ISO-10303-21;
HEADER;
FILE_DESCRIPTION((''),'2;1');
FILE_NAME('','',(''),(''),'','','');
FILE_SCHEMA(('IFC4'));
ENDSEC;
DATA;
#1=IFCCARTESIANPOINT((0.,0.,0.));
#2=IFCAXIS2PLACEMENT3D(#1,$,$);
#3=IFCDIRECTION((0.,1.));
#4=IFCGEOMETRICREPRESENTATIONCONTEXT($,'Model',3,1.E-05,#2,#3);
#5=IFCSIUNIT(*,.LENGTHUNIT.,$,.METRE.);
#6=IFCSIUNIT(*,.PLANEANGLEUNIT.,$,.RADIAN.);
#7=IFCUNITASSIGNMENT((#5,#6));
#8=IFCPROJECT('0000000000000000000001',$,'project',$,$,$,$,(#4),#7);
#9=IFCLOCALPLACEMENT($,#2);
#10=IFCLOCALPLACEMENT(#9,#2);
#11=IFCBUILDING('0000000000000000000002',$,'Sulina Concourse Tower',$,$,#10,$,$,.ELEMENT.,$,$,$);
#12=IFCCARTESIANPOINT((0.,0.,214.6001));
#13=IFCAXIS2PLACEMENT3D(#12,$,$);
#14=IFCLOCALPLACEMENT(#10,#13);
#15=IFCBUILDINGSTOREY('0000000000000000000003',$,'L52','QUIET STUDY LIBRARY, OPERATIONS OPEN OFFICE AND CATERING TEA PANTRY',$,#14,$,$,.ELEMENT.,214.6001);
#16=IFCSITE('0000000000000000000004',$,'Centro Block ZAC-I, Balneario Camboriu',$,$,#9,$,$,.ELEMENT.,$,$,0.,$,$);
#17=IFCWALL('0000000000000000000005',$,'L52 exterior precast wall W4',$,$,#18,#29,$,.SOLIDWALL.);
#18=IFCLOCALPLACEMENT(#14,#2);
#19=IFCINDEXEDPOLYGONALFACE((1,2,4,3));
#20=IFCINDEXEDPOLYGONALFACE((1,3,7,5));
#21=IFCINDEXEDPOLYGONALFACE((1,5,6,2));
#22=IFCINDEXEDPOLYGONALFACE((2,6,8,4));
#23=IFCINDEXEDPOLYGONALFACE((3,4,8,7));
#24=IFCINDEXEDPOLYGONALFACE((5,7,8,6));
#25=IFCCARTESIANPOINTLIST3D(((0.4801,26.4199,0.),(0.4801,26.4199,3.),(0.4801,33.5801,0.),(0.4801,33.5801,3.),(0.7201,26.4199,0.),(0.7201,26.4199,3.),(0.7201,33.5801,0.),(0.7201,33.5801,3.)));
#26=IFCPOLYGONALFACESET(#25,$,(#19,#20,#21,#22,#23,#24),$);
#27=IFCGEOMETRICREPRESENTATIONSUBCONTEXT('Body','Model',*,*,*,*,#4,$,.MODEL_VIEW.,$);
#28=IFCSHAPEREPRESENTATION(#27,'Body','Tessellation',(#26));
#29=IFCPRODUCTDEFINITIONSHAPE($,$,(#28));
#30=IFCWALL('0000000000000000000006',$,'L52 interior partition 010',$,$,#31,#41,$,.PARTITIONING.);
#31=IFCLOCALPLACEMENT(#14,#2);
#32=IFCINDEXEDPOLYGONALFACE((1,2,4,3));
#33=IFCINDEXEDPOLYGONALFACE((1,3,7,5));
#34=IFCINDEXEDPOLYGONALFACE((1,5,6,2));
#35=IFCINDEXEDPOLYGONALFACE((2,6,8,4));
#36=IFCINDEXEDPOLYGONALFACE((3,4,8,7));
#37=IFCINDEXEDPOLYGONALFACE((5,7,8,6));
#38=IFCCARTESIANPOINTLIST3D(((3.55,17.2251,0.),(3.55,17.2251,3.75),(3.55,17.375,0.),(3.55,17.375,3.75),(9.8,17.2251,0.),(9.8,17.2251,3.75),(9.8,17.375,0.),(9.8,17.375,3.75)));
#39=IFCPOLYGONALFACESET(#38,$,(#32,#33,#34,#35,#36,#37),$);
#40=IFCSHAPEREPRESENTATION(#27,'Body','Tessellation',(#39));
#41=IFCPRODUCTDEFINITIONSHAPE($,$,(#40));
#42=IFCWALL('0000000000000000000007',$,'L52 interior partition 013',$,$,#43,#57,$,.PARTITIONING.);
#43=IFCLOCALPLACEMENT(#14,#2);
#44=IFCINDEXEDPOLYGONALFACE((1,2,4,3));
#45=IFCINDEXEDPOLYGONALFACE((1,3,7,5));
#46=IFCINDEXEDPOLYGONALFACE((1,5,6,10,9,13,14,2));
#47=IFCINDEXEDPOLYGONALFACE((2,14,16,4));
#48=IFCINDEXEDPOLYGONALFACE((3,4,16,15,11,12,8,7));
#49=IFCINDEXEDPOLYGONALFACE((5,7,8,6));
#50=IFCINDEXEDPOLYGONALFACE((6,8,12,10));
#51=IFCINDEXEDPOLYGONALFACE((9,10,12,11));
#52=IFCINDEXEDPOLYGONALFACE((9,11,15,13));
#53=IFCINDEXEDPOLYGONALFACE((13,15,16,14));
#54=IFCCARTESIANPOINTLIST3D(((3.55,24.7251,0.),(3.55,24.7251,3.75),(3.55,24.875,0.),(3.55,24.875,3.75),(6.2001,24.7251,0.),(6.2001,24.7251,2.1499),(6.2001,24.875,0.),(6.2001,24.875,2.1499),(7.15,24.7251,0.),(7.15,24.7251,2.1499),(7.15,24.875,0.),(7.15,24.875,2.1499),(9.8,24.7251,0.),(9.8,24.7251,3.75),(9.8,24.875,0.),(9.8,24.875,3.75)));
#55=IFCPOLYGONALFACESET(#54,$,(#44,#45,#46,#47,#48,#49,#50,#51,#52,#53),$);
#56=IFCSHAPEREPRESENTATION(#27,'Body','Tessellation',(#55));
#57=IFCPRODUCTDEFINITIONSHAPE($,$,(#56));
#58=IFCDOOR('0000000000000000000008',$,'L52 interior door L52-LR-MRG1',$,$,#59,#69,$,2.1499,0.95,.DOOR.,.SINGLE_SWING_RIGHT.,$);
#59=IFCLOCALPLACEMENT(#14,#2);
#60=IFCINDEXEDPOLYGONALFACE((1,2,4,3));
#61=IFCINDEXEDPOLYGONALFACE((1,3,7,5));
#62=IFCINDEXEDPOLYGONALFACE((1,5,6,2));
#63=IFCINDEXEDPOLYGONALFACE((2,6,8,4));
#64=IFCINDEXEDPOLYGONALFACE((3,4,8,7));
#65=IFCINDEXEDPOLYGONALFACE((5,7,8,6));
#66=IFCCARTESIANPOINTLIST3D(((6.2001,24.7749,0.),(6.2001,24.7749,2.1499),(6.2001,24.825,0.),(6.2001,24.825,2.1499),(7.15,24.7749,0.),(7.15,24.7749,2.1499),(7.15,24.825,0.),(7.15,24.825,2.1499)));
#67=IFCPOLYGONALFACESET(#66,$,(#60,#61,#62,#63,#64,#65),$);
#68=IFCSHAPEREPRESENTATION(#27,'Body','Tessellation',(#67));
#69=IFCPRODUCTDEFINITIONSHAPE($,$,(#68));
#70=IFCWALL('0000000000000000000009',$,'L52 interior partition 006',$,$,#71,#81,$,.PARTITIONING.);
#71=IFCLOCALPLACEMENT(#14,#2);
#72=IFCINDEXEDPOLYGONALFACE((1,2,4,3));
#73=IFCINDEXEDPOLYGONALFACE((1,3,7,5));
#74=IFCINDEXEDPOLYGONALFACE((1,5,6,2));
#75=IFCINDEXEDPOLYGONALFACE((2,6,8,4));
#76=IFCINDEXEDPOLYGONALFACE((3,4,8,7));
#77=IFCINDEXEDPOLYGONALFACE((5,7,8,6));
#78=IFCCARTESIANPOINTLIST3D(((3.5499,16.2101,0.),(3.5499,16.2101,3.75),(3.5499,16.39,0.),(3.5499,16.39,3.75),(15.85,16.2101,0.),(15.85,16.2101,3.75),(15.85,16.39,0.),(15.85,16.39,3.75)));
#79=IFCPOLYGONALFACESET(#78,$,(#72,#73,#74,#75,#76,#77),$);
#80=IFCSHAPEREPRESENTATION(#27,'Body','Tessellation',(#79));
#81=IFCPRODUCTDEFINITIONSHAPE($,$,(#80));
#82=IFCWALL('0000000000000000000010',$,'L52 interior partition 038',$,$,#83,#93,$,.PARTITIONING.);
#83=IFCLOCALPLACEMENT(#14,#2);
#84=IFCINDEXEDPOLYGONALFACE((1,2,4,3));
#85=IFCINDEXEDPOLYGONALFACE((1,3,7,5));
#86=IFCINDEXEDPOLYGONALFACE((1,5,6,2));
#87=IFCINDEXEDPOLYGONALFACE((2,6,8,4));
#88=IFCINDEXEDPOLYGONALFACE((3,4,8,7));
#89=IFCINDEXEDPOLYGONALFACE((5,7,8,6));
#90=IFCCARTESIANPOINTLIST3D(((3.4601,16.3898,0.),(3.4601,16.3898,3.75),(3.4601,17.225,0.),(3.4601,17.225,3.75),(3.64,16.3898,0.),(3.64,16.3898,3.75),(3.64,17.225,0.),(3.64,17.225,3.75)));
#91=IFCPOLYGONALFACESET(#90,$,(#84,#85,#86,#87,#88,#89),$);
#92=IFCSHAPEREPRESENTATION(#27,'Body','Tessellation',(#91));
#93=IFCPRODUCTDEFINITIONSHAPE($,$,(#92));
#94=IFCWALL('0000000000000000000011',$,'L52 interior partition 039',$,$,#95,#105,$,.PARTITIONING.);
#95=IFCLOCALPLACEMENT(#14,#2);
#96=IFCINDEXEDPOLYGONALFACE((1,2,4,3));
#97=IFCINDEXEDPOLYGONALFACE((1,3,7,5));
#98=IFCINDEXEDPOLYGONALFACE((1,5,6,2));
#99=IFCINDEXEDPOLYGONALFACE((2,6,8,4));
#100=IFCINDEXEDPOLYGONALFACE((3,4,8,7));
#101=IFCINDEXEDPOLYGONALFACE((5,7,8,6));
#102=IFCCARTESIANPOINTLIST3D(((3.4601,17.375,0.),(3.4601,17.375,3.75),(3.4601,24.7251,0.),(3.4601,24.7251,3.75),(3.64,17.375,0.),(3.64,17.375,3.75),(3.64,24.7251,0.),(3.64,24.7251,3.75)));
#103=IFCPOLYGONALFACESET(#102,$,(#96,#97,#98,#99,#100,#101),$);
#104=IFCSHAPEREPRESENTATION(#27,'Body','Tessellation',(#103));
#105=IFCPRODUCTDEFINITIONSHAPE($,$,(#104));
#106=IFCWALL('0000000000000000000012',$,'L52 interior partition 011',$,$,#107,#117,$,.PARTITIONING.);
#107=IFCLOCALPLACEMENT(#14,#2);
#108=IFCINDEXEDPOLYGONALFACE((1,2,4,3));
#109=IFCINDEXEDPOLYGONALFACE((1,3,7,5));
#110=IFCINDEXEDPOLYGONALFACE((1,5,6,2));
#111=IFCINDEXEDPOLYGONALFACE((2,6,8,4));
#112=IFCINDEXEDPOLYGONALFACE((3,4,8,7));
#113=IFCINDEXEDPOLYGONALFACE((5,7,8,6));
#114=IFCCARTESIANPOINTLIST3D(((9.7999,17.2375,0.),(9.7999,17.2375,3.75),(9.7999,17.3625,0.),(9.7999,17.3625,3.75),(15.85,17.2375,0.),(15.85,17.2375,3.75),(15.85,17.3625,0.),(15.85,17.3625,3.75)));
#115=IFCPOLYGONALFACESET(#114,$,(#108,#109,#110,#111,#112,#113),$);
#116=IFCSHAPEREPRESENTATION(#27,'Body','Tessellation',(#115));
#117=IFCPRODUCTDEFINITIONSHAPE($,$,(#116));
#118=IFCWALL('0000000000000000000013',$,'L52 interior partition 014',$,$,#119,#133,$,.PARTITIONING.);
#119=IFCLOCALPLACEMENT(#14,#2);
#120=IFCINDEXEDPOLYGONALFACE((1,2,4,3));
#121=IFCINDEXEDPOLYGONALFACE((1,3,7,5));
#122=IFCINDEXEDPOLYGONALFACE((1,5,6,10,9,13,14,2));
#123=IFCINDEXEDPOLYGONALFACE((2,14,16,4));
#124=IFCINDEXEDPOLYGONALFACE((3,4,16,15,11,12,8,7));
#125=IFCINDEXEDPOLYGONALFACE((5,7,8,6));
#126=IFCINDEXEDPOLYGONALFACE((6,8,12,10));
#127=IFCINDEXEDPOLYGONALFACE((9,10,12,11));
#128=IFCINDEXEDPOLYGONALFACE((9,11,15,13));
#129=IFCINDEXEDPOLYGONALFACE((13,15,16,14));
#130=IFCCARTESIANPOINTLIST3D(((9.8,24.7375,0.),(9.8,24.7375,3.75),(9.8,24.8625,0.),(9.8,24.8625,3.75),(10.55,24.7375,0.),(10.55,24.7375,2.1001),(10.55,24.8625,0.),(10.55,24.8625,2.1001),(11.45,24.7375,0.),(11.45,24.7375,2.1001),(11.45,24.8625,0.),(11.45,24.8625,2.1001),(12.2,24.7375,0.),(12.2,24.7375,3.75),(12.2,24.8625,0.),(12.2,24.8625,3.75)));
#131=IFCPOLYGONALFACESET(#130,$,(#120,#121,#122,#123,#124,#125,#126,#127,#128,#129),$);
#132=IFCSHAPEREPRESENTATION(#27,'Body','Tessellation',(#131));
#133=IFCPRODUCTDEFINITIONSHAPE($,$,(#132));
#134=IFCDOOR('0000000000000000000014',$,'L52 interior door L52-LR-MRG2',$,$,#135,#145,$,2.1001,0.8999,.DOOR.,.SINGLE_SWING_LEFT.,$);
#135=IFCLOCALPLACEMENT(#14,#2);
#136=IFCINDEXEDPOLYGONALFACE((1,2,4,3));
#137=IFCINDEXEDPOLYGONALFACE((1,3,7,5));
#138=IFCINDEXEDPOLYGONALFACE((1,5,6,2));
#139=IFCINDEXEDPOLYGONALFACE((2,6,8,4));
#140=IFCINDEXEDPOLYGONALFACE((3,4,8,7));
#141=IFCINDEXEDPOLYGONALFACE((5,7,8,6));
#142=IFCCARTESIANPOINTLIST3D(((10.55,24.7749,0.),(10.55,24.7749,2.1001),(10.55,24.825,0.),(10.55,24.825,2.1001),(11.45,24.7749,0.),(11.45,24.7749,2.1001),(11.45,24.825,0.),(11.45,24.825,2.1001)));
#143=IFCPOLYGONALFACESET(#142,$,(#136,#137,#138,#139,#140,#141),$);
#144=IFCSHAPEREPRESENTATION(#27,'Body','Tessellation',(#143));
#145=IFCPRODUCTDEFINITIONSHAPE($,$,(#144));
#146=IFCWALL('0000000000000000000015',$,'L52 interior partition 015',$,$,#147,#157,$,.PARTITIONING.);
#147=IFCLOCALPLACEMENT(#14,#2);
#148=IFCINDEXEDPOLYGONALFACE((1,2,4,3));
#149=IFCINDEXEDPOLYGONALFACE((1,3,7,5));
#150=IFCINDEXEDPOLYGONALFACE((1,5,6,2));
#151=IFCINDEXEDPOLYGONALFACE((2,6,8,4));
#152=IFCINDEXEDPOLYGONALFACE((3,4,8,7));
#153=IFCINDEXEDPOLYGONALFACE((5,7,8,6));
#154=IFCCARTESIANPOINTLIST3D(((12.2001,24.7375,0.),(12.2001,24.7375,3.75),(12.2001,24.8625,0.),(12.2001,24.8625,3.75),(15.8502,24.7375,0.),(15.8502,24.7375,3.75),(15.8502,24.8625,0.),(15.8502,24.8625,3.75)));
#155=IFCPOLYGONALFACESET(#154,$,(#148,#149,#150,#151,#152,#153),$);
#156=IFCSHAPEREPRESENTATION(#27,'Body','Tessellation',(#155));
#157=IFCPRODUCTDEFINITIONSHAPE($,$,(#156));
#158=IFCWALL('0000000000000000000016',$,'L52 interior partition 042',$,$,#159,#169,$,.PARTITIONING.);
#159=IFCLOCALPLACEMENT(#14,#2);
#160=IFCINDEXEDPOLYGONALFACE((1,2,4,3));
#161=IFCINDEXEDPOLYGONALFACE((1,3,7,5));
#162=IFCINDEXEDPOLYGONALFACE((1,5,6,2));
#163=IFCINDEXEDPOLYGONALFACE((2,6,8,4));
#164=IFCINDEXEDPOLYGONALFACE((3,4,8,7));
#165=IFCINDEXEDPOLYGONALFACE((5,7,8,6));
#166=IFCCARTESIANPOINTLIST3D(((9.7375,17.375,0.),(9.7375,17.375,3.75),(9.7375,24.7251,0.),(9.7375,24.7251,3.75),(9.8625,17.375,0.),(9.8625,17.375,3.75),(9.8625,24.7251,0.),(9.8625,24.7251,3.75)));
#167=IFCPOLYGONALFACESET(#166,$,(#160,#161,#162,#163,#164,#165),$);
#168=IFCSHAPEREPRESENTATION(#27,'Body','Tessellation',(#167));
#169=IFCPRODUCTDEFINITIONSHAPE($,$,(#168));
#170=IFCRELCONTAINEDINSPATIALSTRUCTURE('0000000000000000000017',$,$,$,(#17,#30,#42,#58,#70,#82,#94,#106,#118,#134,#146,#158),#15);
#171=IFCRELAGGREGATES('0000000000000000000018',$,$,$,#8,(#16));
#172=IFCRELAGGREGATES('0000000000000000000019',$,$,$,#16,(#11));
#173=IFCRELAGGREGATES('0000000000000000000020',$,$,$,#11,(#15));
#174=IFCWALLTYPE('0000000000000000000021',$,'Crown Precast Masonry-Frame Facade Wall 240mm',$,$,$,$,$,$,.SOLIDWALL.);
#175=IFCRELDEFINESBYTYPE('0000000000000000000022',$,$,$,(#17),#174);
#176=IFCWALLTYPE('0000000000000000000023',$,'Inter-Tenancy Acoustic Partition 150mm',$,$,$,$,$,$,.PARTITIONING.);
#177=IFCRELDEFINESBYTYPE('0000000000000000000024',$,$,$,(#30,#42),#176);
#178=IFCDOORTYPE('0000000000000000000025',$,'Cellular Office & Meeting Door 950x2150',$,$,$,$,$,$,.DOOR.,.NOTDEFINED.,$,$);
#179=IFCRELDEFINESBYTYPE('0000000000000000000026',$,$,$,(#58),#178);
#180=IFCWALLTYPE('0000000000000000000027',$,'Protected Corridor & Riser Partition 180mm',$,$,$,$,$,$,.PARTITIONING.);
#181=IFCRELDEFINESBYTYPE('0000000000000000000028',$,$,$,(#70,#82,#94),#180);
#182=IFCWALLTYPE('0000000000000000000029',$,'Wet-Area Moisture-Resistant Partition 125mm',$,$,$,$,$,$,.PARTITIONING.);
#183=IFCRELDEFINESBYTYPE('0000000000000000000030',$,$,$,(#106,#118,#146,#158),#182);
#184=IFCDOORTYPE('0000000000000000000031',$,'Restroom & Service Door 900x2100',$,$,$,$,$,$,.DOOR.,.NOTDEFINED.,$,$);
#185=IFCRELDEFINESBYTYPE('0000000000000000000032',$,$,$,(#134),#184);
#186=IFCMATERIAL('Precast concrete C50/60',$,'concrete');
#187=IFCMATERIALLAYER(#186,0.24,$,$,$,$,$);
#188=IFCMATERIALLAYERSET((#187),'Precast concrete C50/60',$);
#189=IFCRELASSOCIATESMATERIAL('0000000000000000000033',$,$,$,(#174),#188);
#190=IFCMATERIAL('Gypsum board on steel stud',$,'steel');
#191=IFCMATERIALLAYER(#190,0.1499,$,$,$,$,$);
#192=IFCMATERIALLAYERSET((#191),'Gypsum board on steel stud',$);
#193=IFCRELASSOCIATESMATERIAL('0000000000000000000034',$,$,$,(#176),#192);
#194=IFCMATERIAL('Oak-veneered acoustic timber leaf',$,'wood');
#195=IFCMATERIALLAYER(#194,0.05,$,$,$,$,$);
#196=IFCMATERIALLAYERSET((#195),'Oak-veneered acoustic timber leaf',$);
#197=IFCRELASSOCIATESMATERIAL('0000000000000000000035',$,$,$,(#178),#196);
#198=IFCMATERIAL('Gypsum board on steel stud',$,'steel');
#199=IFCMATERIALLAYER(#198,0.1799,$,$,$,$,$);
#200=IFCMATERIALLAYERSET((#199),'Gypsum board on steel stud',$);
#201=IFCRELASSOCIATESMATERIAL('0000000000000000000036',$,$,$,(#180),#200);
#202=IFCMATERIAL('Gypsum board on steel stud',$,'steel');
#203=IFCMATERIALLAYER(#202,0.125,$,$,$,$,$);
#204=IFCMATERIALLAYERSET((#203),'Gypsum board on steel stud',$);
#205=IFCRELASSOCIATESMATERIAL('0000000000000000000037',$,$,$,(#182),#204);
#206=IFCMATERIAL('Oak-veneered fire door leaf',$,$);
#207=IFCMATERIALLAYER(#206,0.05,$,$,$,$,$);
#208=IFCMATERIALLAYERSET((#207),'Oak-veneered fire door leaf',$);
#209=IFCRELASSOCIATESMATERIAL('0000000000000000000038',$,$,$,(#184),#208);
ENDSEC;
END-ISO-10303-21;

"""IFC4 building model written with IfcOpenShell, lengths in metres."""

from ifc_helpers import new_model, si_unit, direction, frame, frame_2d, origin, place, context, subcontext, project, spatial, rectangle, extrude, material, layer, layer_set, type_object, element, fill, save


model = new_model("IFC4")

# Units and contexts
model_context = context("Model", 3, precision=1e-05, world=origin(), true_north=direction((0.0, 1.0)))
body_context = subcontext(model_context, "Body", "Model", "MODEL_VIEW")
ifc_project = project(units=[si_unit("LENGTHUNIT", "METRE"), si_unit("PLANEANGLEUNIT", "RADIAN")], contexts=[model_context])

# Site, building, storey
site_placement = place(None, origin())
site = spatial("IfcSite", under=ifc_project, at=site_placement, Name="Centro Block ZAC-I, Balneario Camboriu", CompositionType="ELEMENT", RefElevation=0.0)
building_placement = place(site_placement, origin())
building = spatial("IfcBuilding", under=site, at=building_placement, Name="Sulina Concourse Tower", CompositionType="ELEMENT")
storey_placement = place(building_placement, frame((0.0, 0.0, 214.6001)))
storey = spatial("IfcBuildingStorey", under=building, at=storey_placement, Name="L52", Description="QUIET STUDY LIBRARY, OPERATIONS OPEN OFFICE AND CATERING TEA PANTRY", CompositionType="ELEMENT", Elevation=214.6001)

# Shared definitions
ifc_material_1 = material(Name="Precast concrete C50/60", Category="concrete")
ifc_layer_1 = layer(ifc_material_1, 0.24)
ifc_layer_set_1 = layer_set([ifc_layer_1], Name="Precast concrete C50/60")
wall_type_1 = type_object("IfcWallType", Name="Crown Precast Masonry-Frame Facade Wall 240mm", PredefinedType="SOLIDWALL", material=ifc_layer_set_1)

# Walls
wall_1_placement = place(storey_placement, frame((0.6001, 26.4199, 0.0), z_axis=(0.0, 0.0, 1.0), x_axis=(0.0, 1.0, 0.0)))
element("IfcWall", 1, at=wall_1_placement, inside=storey, type_object=wall_type_1, Name="L52 exterior precast wall W4", PredefinedType="SOLIDWALL", context=body_context, shape_type="SweptSolid", body=[
    extrude(rectangle(XDim=7.1602, YDim=0.24, at=frame_2d((3.5801, 0.0))), origin(), (0.0, 0.0, 1.0), 3.0),
])
ifc_material_2 = material(Name="Gypsum board on steel stud", Category="steel")
ifc_layer_2 = layer(ifc_material_2, 0.1499)
ifc_layer_set_2 = layer_set([ifc_layer_2], Name="Gypsum board on steel stud")
wall_type_2 = type_object("IfcWallType", Name="Inter-Tenancy Acoustic Partition 150mm", PredefinedType="PARTITIONING", material=ifc_layer_set_2)
wall_2_placement = place(storey_placement, frame((3.55, 17.3, 0.0), z_axis=(0.0, 0.0, 1.0), x_axis=(1.0, 0.0, 0.0)))
element("IfcWall", 2, at=wall_2_placement, inside=storey, type_object=wall_type_2, Name="L52 interior partition 010", PredefinedType="PARTITIONING", context=body_context, shape_type="SweptSolid", body=[
    extrude(rectangle(XDim=6.25, YDim=0.1499, at=frame_2d((3.125, 0.0))), origin(), (0.0, 0.0, 1.0), 3.75),
])

# Wall, opening, door
wall_3_placement = place(storey_placement, frame((3.55, 24.8, 0.0), z_axis=(0.0, 0.0, 1.0), x_axis=(1.0, 0.0, 0.0)))
wall_3 = element("IfcWall", 3, at=wall_3_placement, inside=storey, type_object=wall_type_2, Name="L52 interior partition 013", PredefinedType="PARTITIONING", context=body_context, shape_type="SweptSolid", body=[
    extrude(rectangle(XDim=6.25, YDim=0.1499, at=frame_2d((3.125, 0.0))), origin(), (0.0, 0.0, 1.0), 3.75),
])
opening_1_placement = place(wall_3_placement, frame((2.6499, 0.0, 0.0)))
opening_1 = element("IfcOpeningElement", 4, at=opening_1_placement, cuts=wall_3, PredefinedType="OPENING", context=body_context, shape_type="SweptSolid", body=[
    extrude(rectangle(XDim=0.95, YDim=2.1499, at=frame_2d((0.4751, 1.075))), frame((0.0, 0.085, 0.0), z_axis=(0.0, -1.0, 0.0), x_axis=(1.0, 0.0, 0.0)), (0.0, 0.0, 1.0), 0.1699),
])
ifc_material_3 = material(Name="Oak-veneered acoustic timber leaf", Category="wood")
ifc_layer_3 = layer(ifc_material_3, 0.05)
ifc_layer_set_3 = layer_set([ifc_layer_3], Name="Oak-veneered acoustic timber leaf")
door_type_1 = type_object("IfcDoorType", Name="Cellular Office & Meeting Door 950x2150", OperationType="NOTDEFINED", PredefinedType="DOOR", material=ifc_layer_set_3)
door_1_placement = place(opening_1_placement, origin())
door_1 = element("IfcDoor", 5, at=door_1_placement, inside=storey, type_object=door_type_1, Name="L52 interior door L52-LR-MRG1", OperationType="SINGLE_SWING_RIGHT", OverallHeight=2.1499, OverallWidth=0.95, PredefinedType="DOOR", context=body_context, shape_type="SweptSolid", body=[
    extrude(rectangle(XDim=0.95, YDim=2.1499, at=frame_2d((0.4751, 1.075))), frame((0.0, 0.0249, 0.0), z_axis=(0.0, -1.0, 0.0), x_axis=(1.0, 0.0, 0.0)), (0.0, 0.0, 1.0), 0.05),
])
fill(opening_1, door_1)

# Walls
ifc_material_4 = material(Name="Gypsum board on steel stud", Category="steel")
ifc_layer_4 = layer(ifc_material_4, 0.1799)
ifc_layer_set_4 = layer_set([ifc_layer_4], Name="Gypsum board on steel stud")
wall_type_3 = type_object("IfcWallType", Name="Protected Corridor & Riser Partition 180mm", PredefinedType="PARTITIONING", material=ifc_layer_set_4)
wall_4_placement = place(storey_placement, frame((3.55, 16.3, 0.0), z_axis=(0.0, 0.0, 1.0), x_axis=(1.0, 0.0, 0.0)))
element("IfcWall", 6, at=wall_4_placement, inside=storey, type_object=wall_type_3, Name="L52 interior partition 006", PredefinedType="PARTITIONING", context=body_context, shape_type="SweptSolid", body=[
    extrude(rectangle(XDim=12.3, YDim=0.1799, at=frame_2d((6.1499, 0.0))), origin(), (0.0, 0.0, 1.0), 3.75),
])
wall_5_placement = place(storey_placement, frame((3.55, 16.3899, 0.0), z_axis=(0.0, 0.0, 1.0), x_axis=(0.0, 1.0, 0.0)))
element("IfcWall", 7, at=wall_5_placement, inside=storey, type_object=wall_type_3, Name="L52 interior partition 038", PredefinedType="PARTITIONING", context=body_context, shape_type="SweptSolid", body=[
    extrude(rectangle(XDim=0.8352, YDim=0.1799, at=frame_2d((0.4175, 0.0))), origin(), (0.0, 0.0, 1.0), 3.75),
])
wall_6_placement = place(storey_placement, frame((3.55, 17.375, 0.0), z_axis=(0.0, 0.0, 1.0), x_axis=(0.0, 1.0, 0.0)))
element("IfcWall", 8, at=wall_6_placement, inside=storey, type_object=wall_type_3, Name="L52 interior partition 039", PredefinedType="PARTITIONING", context=body_context, shape_type="SweptSolid", body=[
    extrude(rectangle(XDim=7.3501, YDim=0.1799, at=frame_2d((3.675, 0.0))), origin(), (0.0, 0.0, 1.0), 3.75),
])
ifc_material_5 = material(Name="Gypsum board on steel stud", Category="steel")
ifc_layer_5 = layer(ifc_material_5, 0.125)
ifc_layer_set_5 = layer_set([ifc_layer_5], Name="Gypsum board on steel stud")
wall_type_4 = type_object("IfcWallType", Name="Wet-Area Moisture-Resistant Partition 125mm", PredefinedType="PARTITIONING", material=ifc_layer_set_5)
wall_7_placement = place(storey_placement, frame((9.8, 17.3, 0.0), z_axis=(0.0, 0.0, 1.0), x_axis=(1.0, 0.0, 0.0)))
element("IfcWall", 9, at=wall_7_placement, inside=storey, type_object=wall_type_4, Name="L52 interior partition 011", PredefinedType="PARTITIONING", context=body_context, shape_type="SweptSolid", body=[
    extrude(rectangle(XDim=6.05, YDim=0.125, at=frame_2d((3.0249, 0.0))), origin(), (0.0, 0.0, 1.0), 3.75),
])

# Wall, opening, door
wall_8_placement = place(storey_placement, frame((9.8, 24.8, 0.0), z_axis=(0.0, 0.0, 1.0), x_axis=(1.0, 0.0, 0.0)))
wall_8 = element("IfcWall", 10, at=wall_8_placement, inside=storey, type_object=wall_type_4, Name="L52 interior partition 014", PredefinedType="PARTITIONING", context=body_context, shape_type="SweptSolid", body=[
    extrude(rectangle(XDim=2.3999, YDim=0.125, at=frame_2d((1.2, 0.0))), origin(), (0.0, 0.0, 1.0), 3.75),
])
opening_2_placement = place(wall_8_placement, frame((0.75, 0.0, 0.0)))
opening_2 = element("IfcOpeningElement", 11, at=opening_2_placement, cuts=wall_8, PredefinedType="OPENING", context=body_context, shape_type="SweptSolid", body=[
    extrude(rectangle(XDim=0.8999, YDim=2.1001, at=frame_2d((0.45, 1.05))), frame((0.0, 0.0725, 0.0), z_axis=(0.0, -1.0, 0.0), x_axis=(1.0, 0.0, 0.0)), (0.0, 0.0, 1.0), 0.145),
])
ifc_material_6 = material(Name="Oak-veneered fire door leaf")
ifc_layer_6 = layer(ifc_material_6, 0.05)
ifc_layer_set_6 = layer_set([ifc_layer_6], Name="Oak-veneered fire door leaf")
door_type_2 = type_object("IfcDoorType", Name="Restroom & Service Door 900x2100", OperationType="NOTDEFINED", PredefinedType="DOOR", material=ifc_layer_set_6)
door_2_placement = place(opening_2_placement, origin())
door_2 = element("IfcDoor", 12, at=door_2_placement, inside=storey, type_object=door_type_2, Name="L52 interior door L52-LR-MRG2", OperationType="SINGLE_SWING_LEFT", OverallHeight=2.1001, OverallWidth=0.8999, PredefinedType="DOOR", context=body_context, shape_type="SweptSolid", body=[
    extrude(rectangle(XDim=0.8999, YDim=2.1001, at=frame_2d((0.45, 1.05))), frame((0.0, 0.0249, 0.0), z_axis=(0.0, -1.0, 0.0), x_axis=(1.0, 0.0, 0.0)), (0.0, 0.0, 1.0), 0.05),
])
fill(opening_2, door_2)

# Walls
wall_9_placement = place(storey_placement, frame((12.2, 24.8, 0.0), z_axis=(0.0, 0.0, 1.0), x_axis=(1.0, 0.0, 0.0)))
element("IfcWall", 13, at=wall_9_placement, inside=storey, type_object=wall_type_4, Name="L52 interior partition 015", PredefinedType="PARTITIONING", context=body_context, shape_type="SweptSolid", body=[
    extrude(rectangle(XDim=3.6501, YDim=0.125, at=frame_2d((1.8252, 0.0))), origin(), (0.0, 0.0, 1.0), 3.75),
])
wall_10_placement = place(storey_placement, frame((9.8, 17.375, 0.0), z_axis=(0.0, 0.0, 1.0), x_axis=(0.0, 1.0, 0.0)))
element("IfcWall", 14, at=wall_10_placement, inside=storey, type_object=wall_type_4, Name="L52 interior partition 042", PredefinedType="PARTITIONING", context=body_context, shape_type="SweptSolid", body=[
    extrude(rectangle(XDim=7.3501, YDim=0.125, at=frame_2d((3.675, 0.0))), origin(), (0.0, 0.0, 1.0), 3.75),
])

save(model, "model.ifc")
